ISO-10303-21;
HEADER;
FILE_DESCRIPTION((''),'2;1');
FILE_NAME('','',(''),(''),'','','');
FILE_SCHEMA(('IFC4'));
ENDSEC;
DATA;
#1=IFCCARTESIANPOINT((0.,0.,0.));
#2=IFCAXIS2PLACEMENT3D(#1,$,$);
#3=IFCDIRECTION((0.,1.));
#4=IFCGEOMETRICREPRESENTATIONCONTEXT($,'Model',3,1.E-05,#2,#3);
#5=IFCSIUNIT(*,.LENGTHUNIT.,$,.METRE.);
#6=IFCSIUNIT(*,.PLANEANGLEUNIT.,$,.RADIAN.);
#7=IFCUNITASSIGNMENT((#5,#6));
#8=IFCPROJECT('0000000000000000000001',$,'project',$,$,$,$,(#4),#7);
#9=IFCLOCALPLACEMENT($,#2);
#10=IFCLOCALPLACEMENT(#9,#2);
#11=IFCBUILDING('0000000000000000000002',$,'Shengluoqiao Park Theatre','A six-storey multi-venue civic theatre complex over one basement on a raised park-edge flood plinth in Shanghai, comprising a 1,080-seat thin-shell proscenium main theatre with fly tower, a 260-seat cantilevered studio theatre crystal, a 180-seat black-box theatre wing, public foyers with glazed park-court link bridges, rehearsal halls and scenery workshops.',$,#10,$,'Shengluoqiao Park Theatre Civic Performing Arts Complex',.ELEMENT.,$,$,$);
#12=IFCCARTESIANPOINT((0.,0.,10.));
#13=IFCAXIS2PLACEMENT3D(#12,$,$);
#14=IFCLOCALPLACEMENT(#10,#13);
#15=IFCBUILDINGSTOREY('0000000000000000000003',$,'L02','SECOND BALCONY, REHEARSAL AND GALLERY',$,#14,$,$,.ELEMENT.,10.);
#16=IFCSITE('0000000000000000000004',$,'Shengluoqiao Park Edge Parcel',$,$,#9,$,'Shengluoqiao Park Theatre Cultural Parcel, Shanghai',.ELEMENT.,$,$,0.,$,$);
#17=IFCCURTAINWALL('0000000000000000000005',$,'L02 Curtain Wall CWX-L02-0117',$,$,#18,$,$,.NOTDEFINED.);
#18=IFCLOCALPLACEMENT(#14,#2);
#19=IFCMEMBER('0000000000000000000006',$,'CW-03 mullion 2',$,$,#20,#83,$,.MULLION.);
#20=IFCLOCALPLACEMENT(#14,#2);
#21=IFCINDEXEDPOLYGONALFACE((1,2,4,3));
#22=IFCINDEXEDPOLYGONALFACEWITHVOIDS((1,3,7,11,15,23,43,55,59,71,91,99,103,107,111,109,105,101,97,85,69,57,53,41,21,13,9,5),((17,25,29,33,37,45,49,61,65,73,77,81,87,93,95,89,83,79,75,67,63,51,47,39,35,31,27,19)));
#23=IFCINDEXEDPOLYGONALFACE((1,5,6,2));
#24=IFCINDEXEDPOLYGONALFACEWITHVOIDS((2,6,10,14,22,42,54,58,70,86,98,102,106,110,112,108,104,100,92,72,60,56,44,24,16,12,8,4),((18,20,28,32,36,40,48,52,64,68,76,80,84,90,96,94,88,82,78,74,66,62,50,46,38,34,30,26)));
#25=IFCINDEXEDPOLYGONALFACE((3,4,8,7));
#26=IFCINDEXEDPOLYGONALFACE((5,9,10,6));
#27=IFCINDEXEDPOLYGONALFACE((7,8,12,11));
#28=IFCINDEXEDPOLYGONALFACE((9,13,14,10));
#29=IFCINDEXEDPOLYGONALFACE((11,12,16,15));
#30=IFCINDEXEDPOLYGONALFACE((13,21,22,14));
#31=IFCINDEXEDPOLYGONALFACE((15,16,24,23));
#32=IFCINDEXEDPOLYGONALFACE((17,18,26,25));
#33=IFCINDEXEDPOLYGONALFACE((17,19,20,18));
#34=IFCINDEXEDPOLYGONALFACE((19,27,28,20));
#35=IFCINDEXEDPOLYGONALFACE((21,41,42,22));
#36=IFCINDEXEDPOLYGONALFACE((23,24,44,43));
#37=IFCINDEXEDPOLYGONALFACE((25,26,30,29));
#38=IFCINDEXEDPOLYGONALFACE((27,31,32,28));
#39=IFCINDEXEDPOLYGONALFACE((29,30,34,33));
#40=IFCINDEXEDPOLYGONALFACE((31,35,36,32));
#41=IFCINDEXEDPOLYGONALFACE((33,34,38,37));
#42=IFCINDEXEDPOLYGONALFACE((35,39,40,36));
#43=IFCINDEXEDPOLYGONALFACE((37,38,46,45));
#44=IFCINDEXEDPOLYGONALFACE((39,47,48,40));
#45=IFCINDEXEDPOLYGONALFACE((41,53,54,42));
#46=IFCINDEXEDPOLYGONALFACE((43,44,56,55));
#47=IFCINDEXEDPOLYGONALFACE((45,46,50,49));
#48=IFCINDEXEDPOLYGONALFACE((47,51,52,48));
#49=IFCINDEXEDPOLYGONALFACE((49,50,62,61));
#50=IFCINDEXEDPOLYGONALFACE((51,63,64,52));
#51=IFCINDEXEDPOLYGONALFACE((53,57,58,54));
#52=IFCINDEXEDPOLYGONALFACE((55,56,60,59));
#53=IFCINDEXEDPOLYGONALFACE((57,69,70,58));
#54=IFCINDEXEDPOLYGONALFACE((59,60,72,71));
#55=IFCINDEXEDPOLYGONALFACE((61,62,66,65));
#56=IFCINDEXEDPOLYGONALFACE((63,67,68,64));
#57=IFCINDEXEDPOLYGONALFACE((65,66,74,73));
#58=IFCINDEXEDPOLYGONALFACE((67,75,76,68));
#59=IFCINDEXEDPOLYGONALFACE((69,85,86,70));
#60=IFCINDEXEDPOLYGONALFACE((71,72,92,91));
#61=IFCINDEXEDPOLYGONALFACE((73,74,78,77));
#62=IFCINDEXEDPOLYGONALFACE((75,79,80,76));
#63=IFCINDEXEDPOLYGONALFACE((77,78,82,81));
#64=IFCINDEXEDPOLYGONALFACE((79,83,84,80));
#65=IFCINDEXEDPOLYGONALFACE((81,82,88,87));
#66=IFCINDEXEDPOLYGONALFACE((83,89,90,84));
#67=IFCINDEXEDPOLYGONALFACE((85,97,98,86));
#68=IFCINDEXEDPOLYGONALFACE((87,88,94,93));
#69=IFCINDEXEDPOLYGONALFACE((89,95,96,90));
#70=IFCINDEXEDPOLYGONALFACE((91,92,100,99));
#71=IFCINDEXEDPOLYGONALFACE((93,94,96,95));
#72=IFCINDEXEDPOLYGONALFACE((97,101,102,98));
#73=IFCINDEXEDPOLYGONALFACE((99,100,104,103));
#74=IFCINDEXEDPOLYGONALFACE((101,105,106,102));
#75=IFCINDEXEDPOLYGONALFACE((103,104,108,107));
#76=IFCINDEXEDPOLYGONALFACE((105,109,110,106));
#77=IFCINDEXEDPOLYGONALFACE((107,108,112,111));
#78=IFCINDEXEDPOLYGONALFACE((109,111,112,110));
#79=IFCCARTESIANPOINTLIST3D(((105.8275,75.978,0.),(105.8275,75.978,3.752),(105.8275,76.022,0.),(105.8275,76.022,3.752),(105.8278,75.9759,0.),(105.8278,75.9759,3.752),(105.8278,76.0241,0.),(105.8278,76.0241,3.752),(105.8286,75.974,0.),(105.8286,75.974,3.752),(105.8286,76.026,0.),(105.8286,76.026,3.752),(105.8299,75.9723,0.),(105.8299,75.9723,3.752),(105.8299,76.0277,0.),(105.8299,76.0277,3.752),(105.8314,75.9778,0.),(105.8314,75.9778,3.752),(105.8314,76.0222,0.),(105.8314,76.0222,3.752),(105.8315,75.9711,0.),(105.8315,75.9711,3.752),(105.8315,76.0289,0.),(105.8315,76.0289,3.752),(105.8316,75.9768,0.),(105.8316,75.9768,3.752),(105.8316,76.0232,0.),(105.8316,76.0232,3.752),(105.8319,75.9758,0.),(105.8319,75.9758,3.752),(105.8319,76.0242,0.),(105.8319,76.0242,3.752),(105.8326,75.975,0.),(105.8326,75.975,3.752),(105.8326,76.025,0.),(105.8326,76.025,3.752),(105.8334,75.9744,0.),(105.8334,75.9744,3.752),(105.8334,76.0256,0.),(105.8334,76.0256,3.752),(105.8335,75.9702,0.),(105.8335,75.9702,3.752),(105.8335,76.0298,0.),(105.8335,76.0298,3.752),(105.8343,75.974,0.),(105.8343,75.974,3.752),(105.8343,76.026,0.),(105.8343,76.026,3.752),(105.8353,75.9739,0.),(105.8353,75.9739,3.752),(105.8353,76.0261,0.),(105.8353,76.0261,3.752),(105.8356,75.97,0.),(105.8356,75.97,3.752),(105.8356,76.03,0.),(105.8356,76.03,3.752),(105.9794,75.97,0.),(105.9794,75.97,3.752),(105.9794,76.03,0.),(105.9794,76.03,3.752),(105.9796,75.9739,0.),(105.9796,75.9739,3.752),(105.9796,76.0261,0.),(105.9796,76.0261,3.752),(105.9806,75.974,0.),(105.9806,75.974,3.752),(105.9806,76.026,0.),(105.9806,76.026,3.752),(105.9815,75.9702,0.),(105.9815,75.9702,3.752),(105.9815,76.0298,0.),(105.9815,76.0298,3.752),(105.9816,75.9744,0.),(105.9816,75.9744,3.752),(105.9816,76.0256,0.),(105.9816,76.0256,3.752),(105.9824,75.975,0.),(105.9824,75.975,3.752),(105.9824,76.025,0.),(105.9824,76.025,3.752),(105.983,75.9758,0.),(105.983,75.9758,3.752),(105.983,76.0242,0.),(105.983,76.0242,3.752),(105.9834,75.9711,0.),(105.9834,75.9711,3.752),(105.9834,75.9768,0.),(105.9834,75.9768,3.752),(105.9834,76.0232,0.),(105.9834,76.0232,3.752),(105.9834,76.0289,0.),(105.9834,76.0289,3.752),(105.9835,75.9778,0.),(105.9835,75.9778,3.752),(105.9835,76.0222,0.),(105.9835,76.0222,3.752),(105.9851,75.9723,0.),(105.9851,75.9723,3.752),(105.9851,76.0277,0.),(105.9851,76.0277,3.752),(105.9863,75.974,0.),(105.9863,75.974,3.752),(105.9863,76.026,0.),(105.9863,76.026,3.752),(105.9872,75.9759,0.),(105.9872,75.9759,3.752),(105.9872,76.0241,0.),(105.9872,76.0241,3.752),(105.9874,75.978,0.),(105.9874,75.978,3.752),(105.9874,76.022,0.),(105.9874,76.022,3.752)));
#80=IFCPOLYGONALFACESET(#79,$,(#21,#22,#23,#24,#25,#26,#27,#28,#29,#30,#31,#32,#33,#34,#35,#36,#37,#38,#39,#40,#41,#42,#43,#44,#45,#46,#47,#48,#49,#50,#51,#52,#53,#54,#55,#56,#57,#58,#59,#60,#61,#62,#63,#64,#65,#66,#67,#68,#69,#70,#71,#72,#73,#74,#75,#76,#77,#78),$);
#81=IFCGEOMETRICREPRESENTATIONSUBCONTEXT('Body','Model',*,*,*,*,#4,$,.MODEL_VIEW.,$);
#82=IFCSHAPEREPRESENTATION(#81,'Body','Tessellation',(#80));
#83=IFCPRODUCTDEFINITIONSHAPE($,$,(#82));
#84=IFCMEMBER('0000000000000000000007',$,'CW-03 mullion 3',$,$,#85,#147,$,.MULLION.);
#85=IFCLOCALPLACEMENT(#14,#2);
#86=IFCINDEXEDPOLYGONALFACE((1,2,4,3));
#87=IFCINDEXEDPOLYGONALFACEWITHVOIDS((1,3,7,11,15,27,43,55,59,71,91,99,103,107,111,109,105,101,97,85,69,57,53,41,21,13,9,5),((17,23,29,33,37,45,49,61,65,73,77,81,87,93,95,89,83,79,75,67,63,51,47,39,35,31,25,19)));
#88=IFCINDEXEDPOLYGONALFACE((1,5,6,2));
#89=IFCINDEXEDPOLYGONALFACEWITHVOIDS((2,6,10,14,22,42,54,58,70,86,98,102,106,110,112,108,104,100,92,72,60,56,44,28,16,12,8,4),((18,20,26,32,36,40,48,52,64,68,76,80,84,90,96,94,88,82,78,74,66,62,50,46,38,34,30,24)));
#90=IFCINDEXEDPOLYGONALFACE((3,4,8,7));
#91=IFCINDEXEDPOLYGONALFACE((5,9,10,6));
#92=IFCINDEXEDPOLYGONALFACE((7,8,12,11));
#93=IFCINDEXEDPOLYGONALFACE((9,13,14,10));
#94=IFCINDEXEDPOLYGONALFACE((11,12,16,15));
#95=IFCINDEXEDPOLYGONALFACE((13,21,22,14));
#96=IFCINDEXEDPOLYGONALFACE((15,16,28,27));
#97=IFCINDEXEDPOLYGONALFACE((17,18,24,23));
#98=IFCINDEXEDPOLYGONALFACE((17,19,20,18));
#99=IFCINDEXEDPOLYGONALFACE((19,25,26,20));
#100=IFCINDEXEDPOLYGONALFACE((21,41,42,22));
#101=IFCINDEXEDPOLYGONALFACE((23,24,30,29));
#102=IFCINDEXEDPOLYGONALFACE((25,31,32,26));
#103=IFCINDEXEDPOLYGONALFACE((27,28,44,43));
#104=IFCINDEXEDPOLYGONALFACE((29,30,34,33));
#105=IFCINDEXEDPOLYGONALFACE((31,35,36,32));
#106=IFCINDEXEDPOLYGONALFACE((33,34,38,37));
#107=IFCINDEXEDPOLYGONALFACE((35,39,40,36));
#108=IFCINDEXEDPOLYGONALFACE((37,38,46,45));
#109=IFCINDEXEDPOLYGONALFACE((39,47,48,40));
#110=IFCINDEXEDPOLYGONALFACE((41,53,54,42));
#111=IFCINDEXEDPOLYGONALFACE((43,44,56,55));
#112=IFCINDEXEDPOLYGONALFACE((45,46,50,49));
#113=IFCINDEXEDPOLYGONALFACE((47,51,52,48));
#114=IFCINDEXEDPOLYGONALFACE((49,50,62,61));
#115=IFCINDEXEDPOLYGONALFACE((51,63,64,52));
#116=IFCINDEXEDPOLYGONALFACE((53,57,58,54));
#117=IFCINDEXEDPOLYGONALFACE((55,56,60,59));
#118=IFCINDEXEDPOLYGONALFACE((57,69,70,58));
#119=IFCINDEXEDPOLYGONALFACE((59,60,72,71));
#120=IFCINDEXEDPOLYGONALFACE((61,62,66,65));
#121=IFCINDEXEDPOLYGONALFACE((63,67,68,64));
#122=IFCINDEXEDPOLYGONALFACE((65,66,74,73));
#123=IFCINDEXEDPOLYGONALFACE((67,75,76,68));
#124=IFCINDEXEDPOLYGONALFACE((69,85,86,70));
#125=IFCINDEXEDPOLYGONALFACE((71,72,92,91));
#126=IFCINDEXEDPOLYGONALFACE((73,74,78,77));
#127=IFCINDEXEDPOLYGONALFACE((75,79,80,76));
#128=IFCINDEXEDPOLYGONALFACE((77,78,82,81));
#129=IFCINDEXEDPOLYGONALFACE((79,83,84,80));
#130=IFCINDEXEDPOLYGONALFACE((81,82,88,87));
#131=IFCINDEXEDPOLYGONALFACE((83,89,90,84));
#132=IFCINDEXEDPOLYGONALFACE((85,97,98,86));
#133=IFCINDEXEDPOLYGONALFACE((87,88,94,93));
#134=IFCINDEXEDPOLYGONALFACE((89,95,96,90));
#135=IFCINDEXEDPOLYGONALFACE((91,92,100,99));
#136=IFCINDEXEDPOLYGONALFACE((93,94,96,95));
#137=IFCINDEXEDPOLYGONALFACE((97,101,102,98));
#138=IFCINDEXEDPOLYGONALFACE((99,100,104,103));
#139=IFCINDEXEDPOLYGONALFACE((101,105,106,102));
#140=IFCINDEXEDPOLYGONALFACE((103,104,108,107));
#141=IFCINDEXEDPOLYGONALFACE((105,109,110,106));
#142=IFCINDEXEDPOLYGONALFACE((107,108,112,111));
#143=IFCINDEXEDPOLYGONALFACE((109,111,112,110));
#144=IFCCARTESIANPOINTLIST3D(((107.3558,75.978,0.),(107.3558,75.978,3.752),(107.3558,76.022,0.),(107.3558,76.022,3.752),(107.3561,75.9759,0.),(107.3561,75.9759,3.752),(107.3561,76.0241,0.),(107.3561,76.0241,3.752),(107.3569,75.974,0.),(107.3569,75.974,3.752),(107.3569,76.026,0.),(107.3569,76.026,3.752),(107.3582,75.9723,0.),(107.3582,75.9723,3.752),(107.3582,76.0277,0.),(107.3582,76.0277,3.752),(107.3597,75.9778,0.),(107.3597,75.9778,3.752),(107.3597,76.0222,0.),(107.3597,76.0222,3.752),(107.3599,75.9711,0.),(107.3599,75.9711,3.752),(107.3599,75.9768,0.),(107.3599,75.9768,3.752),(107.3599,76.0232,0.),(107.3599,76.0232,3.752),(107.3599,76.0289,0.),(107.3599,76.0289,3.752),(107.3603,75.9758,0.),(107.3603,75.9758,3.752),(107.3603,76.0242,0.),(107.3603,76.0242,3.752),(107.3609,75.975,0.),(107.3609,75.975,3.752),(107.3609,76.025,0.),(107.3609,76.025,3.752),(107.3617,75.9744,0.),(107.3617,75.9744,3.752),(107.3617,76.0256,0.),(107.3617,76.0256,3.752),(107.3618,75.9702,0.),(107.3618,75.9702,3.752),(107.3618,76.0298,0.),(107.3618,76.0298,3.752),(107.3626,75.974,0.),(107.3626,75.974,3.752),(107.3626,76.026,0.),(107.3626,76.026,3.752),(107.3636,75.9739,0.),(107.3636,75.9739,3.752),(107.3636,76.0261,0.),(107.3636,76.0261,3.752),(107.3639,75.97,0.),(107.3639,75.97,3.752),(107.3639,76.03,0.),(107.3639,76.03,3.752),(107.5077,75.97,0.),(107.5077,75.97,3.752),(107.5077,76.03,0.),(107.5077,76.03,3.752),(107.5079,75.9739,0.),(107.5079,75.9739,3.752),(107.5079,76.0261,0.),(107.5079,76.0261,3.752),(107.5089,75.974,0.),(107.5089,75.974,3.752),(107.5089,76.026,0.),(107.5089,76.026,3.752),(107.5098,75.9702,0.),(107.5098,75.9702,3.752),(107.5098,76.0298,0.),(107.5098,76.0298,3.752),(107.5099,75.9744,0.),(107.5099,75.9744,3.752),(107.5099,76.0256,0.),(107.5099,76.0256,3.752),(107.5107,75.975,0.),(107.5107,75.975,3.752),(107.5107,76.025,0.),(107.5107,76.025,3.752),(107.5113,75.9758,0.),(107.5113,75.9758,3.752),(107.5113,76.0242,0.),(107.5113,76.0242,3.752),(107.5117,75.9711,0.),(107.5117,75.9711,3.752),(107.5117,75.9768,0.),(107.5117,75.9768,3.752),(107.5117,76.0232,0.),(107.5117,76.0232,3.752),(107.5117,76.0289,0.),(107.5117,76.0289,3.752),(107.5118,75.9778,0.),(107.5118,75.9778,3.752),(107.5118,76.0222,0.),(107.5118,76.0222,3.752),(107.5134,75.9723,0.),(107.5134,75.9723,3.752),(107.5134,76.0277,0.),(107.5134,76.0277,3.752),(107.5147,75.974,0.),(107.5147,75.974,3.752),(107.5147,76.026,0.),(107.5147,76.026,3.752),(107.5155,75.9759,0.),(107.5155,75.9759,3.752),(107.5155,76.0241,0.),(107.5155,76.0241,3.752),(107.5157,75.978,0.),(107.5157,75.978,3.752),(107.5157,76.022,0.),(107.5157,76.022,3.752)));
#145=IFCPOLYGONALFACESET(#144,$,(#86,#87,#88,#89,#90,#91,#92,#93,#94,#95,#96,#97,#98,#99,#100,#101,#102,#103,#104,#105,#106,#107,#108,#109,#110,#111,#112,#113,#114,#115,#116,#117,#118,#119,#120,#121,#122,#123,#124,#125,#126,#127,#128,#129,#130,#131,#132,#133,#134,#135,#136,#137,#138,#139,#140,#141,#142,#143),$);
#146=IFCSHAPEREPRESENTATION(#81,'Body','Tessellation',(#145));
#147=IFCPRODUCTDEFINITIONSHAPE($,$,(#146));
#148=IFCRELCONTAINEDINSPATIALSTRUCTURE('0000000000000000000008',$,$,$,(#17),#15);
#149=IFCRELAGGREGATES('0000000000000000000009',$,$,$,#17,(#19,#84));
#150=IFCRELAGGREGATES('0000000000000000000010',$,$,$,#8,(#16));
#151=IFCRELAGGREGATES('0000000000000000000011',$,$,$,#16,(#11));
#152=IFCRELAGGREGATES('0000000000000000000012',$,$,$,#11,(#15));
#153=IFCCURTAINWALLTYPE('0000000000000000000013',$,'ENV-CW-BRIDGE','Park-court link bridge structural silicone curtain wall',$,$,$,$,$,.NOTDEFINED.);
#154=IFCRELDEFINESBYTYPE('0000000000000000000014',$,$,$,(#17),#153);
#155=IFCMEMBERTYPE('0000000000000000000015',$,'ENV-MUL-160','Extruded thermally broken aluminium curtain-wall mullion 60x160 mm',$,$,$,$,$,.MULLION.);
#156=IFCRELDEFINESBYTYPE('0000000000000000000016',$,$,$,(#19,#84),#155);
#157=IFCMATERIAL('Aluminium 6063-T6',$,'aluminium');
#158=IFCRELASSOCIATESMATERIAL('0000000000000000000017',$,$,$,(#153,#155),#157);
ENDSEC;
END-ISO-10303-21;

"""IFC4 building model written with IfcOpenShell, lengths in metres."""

from ifc_helpers import new_model, si_unit, direction, frame, origin, origin_2d, place, context, subcontext, project, spatial, hollow_rectangle, extrude, material, material_profile, profile_set, type_object, element, aggregate, save


model = new_model("IFC4")

# Units and contexts
model_context = context("Model", 3, precision=1e-05, world=origin(), true_north=direction((0.0, 1.0)))
body_context = subcontext(model_context, "Body", "Model", "MODEL_VIEW")
ifc_project = project(units=[si_unit("LENGTHUNIT", "METRE"), si_unit("PLANEANGLEUNIT", "RADIAN")], contexts=[model_context])

# Site, building, storey
site_placement = place(None, origin())
site = spatial("IfcSite", under=ifc_project, at=site_placement, Name="Shengluoqiao Park Edge Parcel", LongName="Shengluoqiao Park Theatre Cultural Parcel, Shanghai", CompositionType="ELEMENT", RefElevation=0.0)
building_placement = place(site_placement, origin())
building = spatial("IfcBuilding", under=site, at=building_placement, Name="Shengluoqiao Park Theatre", Description="A six-storey multi-venue civic theatre complex over one basement on a raised park-edge flood plinth in Shanghai, comprising a 1,080-seat thin-shell proscenium main theatre with fly tower, a 260-seat cantilevered studio theatre crystal, a 180-seat black-box theatre wing, public foyers with glazed park-court link bridges, rehearsal halls and scenery workshops.", LongName="Shengluoqiao Park Theatre Civic Performing Arts Complex", CompositionType="ELEMENT")
storey_placement = place(building_placement, frame((0.0, 0.0, 10.0)))
storey = spatial("IfcBuildingStorey", under=building, at=storey_placement, Name="L02", Description="SECOND BALCONY, REHEARSAL AND GALLERY", CompositionType="ELEMENT", Elevation=10.0)

# Shared definitions
ifc_material_1 = material(Name="Aluminium 6063-T6", Category="aluminium")
curtain_wall_type = type_object("IfcCurtainWallType", Name="ENV-CW-BRIDGE", Description="Park-court link bridge structural silicone curtain wall", PredefinedType="NOTDEFINED", material=ifc_material_1)
ifc_material_profile_1 = material_profile(ifc_material_1, hollow_rectangle(XDim=0.0601, YDim=0.1599, WallThickness=0.0039, InnerFilletRadius=0.0039, OuterFilletRadius=0.0081, at=origin_2d()), Name="ALU MULLION 160x60x4")
ifc_profile_set_1 = profile_set([ifc_material_profile_1], Name="Aluminium 6063-T6")
member_type_1 = type_object("IfcMemberType", Name="ENV-MUL-160", Description="Extruded thermally broken aluminium curtain-wall mullion 60x160 mm", PredefinedType="MULLION", material=ifc_profile_set_1)

# Curtain wall, members
curtain_wall_1_placement = place(storey_placement, origin())
curtain_wall_1 = element("IfcCurtainWall", 1, at=curtain_wall_1_placement, inside=storey, type_object=curtain_wall_type, Name="L02 Curtain Wall CWX-L02-0117", PredefinedType="NOTDEFINED")
member_1_placement = place(storey_placement, frame((105.9075, 76.0, 0.0), z_axis=(0.0, 0.0, 1.0), x_axis=(0.0, 1.0, 0.0)))
member_1 = element("IfcMember", 2, at=member_1_placement, type_object=member_type_1, Name="CW-03 mullion 2", PredefinedType="MULLION", context=body_context, shape_type="SweptSolid", body=[
    extrude(hollow_rectangle(XDim=0.0601, YDim=0.1599, WallThickness=0.0039, InnerFilletRadius=0.0039, OuterFilletRadius=0.0081, at=origin_2d()), origin(), (0.0, 0.0, 1.0), 3.752),
])
member_2_placement = place(storey_placement, frame((107.4358, 76.0, 0.0), z_axis=(0.0, 0.0, 1.0), x_axis=(0.0, 1.0, 0.0)))
member_2 = element("IfcMember", 3, at=member_2_placement, type_object=member_type_1, Name="CW-03 mullion 3", PredefinedType="MULLION", context=body_context, shape_type="SweptSolid", body=[
    extrude(hollow_rectangle(XDim=0.0601, YDim=0.1599, WallThickness=0.0039, InnerFilletRadius=0.0039, OuterFilletRadius=0.0081, at=origin_2d()), origin(), (0.0, 0.0, 1.0), 3.752),
])

aggregate(curtain_wall_1, [member_1, member_2])

save(model, "model.ifc")
